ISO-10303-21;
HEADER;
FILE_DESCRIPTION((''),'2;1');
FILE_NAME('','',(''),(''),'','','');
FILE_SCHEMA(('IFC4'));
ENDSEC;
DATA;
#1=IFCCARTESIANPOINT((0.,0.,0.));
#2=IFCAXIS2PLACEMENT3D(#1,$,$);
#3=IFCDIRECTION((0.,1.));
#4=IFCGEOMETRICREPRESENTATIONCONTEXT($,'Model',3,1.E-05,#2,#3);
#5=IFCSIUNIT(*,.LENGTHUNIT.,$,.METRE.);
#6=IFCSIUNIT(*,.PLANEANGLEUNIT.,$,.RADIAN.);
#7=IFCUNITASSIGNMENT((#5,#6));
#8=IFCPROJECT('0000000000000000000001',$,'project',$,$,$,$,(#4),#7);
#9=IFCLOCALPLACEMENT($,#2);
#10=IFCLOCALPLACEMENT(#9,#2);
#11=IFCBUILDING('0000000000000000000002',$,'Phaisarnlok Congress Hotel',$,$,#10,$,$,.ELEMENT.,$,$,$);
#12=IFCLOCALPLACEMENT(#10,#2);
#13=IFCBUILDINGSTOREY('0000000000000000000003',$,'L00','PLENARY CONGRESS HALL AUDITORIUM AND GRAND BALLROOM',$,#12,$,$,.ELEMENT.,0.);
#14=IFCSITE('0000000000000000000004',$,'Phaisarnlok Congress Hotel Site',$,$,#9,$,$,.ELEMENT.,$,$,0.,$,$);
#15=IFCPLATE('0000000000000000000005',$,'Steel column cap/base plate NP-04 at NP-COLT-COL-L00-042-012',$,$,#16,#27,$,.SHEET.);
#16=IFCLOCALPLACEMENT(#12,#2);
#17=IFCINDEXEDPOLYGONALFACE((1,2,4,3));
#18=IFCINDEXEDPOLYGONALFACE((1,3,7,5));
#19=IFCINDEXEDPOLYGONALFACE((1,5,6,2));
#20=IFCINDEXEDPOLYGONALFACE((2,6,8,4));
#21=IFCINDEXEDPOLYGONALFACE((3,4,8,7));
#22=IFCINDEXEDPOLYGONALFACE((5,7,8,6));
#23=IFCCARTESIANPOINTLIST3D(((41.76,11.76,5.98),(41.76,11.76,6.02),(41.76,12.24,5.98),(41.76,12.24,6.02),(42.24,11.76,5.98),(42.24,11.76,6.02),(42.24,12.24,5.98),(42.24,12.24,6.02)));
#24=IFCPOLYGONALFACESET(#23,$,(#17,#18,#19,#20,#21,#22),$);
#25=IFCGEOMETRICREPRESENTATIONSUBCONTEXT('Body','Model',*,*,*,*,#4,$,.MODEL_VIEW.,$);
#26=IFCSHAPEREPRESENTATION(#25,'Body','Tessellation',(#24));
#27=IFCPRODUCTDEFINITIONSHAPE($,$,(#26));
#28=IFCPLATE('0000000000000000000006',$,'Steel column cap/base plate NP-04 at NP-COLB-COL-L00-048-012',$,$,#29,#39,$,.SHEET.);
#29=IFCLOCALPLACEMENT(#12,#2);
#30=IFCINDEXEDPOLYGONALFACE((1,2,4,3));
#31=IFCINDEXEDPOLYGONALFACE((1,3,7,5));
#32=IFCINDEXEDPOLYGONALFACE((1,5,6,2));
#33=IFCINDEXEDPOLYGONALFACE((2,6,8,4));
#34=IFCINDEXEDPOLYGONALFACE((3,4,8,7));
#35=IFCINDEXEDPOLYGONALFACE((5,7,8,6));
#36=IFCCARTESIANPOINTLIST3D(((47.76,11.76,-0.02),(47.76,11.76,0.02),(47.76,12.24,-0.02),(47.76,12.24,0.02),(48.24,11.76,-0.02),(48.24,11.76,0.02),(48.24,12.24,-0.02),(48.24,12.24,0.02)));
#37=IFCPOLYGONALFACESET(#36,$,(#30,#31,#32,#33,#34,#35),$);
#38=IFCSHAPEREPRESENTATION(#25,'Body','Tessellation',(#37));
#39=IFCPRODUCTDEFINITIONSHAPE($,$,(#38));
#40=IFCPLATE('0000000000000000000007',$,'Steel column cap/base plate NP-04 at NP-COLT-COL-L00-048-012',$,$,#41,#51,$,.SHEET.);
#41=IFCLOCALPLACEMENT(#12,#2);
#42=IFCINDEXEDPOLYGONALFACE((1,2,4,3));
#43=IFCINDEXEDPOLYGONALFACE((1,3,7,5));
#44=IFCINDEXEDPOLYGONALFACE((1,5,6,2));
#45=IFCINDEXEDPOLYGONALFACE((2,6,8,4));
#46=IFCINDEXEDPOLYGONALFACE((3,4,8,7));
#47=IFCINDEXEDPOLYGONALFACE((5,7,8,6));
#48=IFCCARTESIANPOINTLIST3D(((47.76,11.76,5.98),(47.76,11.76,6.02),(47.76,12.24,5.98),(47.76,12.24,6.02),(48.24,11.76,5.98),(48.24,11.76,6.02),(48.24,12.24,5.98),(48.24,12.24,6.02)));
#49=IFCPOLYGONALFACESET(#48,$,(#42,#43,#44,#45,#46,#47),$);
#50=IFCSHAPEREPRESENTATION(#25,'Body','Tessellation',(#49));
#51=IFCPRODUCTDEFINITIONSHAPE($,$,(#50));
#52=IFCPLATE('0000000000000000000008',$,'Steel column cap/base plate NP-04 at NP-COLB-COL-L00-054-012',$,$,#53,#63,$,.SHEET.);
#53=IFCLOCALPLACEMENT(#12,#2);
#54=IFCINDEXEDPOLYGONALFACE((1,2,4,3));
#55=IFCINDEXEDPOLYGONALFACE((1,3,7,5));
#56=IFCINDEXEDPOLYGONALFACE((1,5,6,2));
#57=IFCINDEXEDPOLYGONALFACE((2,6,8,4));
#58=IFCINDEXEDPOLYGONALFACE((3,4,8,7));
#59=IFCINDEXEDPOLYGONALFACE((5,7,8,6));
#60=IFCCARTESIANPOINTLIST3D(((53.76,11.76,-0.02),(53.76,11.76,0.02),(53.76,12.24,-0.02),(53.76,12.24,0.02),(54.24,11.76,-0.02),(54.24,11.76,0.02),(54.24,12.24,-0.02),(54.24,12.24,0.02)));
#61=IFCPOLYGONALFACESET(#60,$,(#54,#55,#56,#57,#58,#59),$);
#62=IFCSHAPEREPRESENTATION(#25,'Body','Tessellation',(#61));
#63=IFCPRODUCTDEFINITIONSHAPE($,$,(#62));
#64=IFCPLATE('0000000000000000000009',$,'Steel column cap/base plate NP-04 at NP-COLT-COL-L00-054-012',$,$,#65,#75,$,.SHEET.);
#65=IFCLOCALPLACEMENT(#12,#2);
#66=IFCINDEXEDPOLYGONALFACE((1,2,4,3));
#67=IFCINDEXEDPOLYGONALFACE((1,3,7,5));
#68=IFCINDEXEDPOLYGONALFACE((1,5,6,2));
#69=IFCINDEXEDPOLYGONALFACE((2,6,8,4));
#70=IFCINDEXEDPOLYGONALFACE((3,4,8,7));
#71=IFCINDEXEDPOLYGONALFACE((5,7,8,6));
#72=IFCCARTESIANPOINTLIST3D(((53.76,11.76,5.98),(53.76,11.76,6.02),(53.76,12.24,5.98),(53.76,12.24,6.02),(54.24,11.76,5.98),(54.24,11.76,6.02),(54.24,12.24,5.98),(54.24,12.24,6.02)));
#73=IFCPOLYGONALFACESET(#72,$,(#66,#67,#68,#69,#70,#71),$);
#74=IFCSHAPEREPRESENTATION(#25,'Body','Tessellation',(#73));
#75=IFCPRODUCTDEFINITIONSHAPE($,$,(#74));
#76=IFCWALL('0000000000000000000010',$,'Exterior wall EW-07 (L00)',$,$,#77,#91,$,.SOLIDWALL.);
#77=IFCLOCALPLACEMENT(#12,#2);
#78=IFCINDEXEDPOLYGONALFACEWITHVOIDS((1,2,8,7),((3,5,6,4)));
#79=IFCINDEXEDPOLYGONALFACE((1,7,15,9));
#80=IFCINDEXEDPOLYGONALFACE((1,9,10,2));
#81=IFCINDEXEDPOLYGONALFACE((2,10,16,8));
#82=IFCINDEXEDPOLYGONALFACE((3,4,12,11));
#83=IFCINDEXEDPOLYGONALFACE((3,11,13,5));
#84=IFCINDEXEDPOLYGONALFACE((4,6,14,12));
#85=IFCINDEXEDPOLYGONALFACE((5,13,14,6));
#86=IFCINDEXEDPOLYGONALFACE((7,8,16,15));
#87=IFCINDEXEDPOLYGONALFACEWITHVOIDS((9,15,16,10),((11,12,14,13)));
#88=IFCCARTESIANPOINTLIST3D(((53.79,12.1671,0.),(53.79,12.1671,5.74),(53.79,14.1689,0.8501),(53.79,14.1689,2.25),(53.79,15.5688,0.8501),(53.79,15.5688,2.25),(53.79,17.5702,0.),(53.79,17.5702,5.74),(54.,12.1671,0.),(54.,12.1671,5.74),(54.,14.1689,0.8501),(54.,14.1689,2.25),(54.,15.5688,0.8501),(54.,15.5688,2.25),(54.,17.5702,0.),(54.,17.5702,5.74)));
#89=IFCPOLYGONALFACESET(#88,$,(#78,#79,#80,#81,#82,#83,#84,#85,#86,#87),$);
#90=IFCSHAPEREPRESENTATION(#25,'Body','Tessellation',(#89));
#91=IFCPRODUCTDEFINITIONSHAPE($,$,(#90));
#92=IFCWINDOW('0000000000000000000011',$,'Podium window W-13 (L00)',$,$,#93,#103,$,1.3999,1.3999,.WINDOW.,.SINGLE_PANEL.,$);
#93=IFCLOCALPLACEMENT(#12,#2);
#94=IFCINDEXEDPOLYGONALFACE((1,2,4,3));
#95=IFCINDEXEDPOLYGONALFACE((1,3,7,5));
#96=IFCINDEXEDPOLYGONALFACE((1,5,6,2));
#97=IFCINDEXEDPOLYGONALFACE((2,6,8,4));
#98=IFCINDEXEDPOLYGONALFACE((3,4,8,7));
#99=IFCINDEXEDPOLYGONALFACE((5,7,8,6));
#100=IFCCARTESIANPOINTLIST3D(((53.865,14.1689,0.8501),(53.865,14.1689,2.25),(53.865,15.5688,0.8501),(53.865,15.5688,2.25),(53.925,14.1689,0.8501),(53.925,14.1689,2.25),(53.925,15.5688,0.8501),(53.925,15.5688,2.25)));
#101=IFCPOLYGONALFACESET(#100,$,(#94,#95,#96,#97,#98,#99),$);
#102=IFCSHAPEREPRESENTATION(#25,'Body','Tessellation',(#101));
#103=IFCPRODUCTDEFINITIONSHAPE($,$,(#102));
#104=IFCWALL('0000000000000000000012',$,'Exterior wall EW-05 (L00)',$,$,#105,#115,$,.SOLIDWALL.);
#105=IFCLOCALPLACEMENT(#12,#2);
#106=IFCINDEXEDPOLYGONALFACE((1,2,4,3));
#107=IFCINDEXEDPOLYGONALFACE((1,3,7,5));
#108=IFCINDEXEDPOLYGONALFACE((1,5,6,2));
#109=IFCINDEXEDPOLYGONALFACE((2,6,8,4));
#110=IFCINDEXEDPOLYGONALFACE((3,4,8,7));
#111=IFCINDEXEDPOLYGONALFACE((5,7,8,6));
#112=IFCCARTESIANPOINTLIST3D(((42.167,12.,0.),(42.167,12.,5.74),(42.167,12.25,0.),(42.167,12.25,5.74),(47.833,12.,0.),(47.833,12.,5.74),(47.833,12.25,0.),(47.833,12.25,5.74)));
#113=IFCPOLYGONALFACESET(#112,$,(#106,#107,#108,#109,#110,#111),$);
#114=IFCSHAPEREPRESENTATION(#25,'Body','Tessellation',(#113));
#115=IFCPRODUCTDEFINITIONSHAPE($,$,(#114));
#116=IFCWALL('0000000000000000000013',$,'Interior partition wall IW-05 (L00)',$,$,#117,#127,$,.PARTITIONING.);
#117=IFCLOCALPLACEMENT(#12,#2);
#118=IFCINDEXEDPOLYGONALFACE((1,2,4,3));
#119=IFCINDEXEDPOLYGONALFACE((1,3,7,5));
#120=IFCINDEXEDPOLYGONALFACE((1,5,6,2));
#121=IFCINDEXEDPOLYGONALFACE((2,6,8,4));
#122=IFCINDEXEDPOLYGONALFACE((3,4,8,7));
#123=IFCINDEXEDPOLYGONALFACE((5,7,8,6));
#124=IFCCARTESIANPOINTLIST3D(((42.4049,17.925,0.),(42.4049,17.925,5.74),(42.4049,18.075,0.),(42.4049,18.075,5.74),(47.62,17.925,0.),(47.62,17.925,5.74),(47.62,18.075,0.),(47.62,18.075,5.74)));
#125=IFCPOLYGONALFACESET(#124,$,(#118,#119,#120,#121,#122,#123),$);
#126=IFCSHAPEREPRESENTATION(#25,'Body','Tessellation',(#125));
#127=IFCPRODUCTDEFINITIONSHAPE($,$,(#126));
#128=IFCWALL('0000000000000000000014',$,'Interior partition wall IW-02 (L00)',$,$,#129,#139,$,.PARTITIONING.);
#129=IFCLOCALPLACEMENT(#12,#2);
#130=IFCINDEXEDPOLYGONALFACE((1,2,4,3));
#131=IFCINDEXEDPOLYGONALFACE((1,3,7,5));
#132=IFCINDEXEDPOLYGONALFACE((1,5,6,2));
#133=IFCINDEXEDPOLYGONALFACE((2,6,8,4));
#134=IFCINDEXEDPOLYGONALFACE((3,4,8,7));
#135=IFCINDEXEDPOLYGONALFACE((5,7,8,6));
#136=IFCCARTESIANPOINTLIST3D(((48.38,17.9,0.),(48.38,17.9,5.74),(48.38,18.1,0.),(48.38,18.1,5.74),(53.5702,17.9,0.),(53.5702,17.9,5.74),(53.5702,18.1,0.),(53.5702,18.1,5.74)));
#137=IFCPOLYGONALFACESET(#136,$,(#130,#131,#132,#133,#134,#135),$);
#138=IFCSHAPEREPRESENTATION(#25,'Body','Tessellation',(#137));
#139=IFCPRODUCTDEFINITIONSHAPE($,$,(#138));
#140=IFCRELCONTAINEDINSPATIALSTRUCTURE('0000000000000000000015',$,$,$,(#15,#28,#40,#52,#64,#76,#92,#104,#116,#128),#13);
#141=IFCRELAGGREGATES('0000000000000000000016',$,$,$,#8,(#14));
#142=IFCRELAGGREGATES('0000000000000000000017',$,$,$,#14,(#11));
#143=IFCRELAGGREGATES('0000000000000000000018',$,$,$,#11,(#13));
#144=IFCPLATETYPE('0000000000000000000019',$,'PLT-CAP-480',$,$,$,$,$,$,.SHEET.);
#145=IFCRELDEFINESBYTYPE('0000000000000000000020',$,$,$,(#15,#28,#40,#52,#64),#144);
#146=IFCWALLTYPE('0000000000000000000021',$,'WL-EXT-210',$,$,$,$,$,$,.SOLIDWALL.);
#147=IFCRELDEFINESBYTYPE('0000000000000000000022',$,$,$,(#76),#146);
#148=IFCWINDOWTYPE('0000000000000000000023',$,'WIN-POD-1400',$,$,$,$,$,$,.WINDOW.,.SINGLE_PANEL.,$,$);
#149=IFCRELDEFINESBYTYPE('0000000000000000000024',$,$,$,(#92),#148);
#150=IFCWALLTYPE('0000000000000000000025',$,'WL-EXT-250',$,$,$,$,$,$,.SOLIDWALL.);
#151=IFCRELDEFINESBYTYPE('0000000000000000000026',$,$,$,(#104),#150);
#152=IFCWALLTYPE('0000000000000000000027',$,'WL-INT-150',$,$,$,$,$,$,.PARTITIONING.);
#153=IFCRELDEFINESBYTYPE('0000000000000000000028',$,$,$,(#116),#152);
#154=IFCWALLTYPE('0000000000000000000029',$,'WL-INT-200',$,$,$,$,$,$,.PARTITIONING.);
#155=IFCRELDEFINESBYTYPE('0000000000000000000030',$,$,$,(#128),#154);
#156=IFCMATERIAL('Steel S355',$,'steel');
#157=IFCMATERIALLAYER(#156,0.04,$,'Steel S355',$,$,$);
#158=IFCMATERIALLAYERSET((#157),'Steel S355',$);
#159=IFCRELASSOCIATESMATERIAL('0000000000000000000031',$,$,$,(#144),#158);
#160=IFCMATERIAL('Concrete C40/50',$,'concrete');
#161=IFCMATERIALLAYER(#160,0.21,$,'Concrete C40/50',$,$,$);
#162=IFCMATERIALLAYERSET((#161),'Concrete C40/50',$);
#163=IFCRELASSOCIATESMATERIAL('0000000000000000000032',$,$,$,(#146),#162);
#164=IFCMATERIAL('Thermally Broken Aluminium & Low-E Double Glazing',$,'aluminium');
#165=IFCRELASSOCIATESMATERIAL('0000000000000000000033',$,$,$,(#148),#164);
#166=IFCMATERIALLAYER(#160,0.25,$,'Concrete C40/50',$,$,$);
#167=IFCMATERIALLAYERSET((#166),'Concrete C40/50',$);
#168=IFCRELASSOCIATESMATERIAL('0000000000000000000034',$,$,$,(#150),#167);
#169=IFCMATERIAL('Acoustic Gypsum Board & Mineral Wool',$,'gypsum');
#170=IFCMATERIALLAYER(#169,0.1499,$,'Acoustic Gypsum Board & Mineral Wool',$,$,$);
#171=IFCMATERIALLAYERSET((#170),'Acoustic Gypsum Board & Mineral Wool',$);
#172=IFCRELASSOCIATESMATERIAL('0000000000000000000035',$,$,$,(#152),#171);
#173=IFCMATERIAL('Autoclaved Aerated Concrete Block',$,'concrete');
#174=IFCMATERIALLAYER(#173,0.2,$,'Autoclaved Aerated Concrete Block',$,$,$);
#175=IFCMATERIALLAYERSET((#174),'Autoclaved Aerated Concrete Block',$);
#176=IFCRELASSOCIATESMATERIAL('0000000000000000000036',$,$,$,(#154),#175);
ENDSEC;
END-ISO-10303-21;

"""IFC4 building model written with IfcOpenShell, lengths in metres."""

from ifc_helpers import new_model, si_unit, direction, frame, frame_2d, origin, origin_2d, place, context, subcontext, project, spatial, rectangle, extrude, material, layer, layer_set, type_object, element, fill, save


model = new_model("IFC4")

# Units and contexts
model_context = context("Model", 3, precision=1e-05, world=origin(), true_north=direction((0.0, 1.0)))
body_context = subcontext(model_context, "Body", "Model", "MODEL_VIEW")
ifc_project = project(units=[si_unit("LENGTHUNIT", "METRE"), si_unit("PLANEANGLEUNIT", "RADIAN")], contexts=[model_context])

# Site, building, storey
site_placement = place(None, origin())
site = spatial("IfcSite", under=ifc_project, at=site_placement, Name="Phaisarnlok Congress Hotel Site", CompositionType="ELEMENT", RefElevation=0.0)
building_placement = place(site_placement, origin())
building = spatial("IfcBuilding", under=site, at=building_placement, Name="Phaisarnlok Congress Hotel", CompositionType="ELEMENT")
storey_placement = place(building_placement, origin())
storey = spatial("IfcBuildingStorey", under=building, at=storey_placement, Name="L00", Description="PLENARY CONGRESS HALL AUDITORIUM AND GRAND BALLROOM", CompositionType="ELEMENT", Elevation=0.0)

# Shared definitions
ifc_material_1 = material(Name="Steel S355", Category="steel")

# Plates
ifc_layer_1 = layer(ifc_material_1, 0.04, Name="Steel S355")
ifc_layer_set_1 = layer_set([ifc_layer_1], Name="Steel S355")
plate_type_1 = type_object("IfcPlateType", Name="PLT-CAP-480", PredefinedType="SHEET", material=ifc_layer_set_1)
for number, where, z_axis, x_axis, name in (
    (1, (42.0, 12.0, 5.98), (0.0, 0.0, 1.0), (1.0, 0.0, 0.0), "Steel column cap/base plate NP-04 at NP-COLT-COL-L00-042-012"),
    (2, (48.0, 12.0, -0.02), (0.0, 0.0, 1.0), (1.0, 0.0, 0.0), "Steel column cap/base plate NP-04 at NP-COLB-COL-L00-048-012"),
    (3, (48.0, 12.0, 5.98), (0.0, 0.0, 1.0), (1.0, 0.0, 0.0), "Steel column cap/base plate NP-04 at NP-COLT-COL-L00-048-012"),
    (4, (54.0, 12.0, -0.02), (0.0, 0.0, 1.0), (1.0, 0.0, 0.0), "Steel column cap/base plate NP-04 at NP-COLB-COL-L00-054-012"),
    (5, (54.0, 12.0, 5.98), (0.0, 0.0, 1.0), (1.0, 0.0, 0.0), "Steel column cap/base plate NP-04 at NP-COLT-COL-L00-054-012"),
):
    element("IfcPlate", number, at=place(storey_placement, frame(where, z_axis=z_axis, x_axis=x_axis)), inside=storey, type_object=plate_type_1, Name=name, PredefinedType="SHEET", context=body_context, shape_type="SweptSolid", body=[
        extrude(rectangle(XDim=0.48, YDim=0.48, at=origin_2d()), origin(), (0.0, 0.0, 1.0), 0.04),
    ])

# Wall, opening, window
ifc_material_2 = material(Name="Concrete C40/50", Category="concrete")
ifc_layer_2 = layer(ifc_material_2, 0.21, Name="Concrete C40/50")
ifc_layer_set_2 = layer_set([ifc_layer_2], Name="Concrete C40/50")
wall_type_1 = type_object("IfcWallType", Name="WL-EXT-210", PredefinedType="SOLIDWALL", material=ifc_layer_set_2)
wall_1_placement = place(storey_placement, frame((53.895, 12.167, 0.0), z_axis=(0.0, 0.0, 1.0), x_axis=(0.0, 1.0, 0.0)))
wall_1 = element("IfcWall", 6, at=wall_1_placement, inside=storey, type_object=wall_type_1, Name="Exterior wall EW-07 (L00)", PredefinedType="SOLIDWALL", context=body_context, shape_type="SweptSolid", body=[
    extrude(rectangle(XDim=5.4031, YDim=0.21, at=frame_2d((2.7017, 0.0))), origin(), (0.0, 0.0, 1.0), 5.74),
])
opening_placement = place(wall_1_placement, frame((2.002, 0.0, 0.8501)))
opening = element("IfcOpeningElement", 7, at=opening_placement, cuts=wall_1, PredefinedType="OPENING", context=body_context, shape_type="SweptSolid", body=[
    extrude(rectangle(XDim=1.3999, YDim=1.3999, at=frame_2d((0.7, 0.7))), frame((0.0, 0.115, 0.0), z_axis=(0.0, -1.0, 0.0), x_axis=(1.0, 0.0, 0.0)), (0.0, 0.0, 1.0), 0.23),
])
ifc_material_3 = material(Name="Thermally Broken Aluminium & Low-E Double Glazing", Category="aluminium")
window_type = type_object("IfcWindowType", Name="WIN-POD-1400", PartitioningType="SINGLE_PANEL", PredefinedType="WINDOW", material=ifc_material_3)
window_placement = place(opening_placement, origin())
window = element("IfcWindow", 8, at=window_placement, inside=storey, type_object=window_type, Name="Podium window W-13 (L00)", OverallHeight=1.3999, OverallWidth=1.3999, PartitioningType="SINGLE_PANEL", PredefinedType="WINDOW", context=body_context, shape_type="SweptSolid", body=[
    extrude(rectangle(XDim=1.3999, YDim=1.3999, at=frame_2d((0.7, 0.7))), frame((0.0, 0.03, 0.0), z_axis=(0.0, -1.0, 0.0), x_axis=(1.0, 0.0, 0.0)), (0.0, 0.0, 1.0), 0.0601),
])
fill(opening, window)

# Walls
ifc_layer_3 = layer(ifc_material_2, 0.25, Name="Concrete C40/50")
ifc_layer_set_3 = layer_set([ifc_layer_3], Name="Concrete C40/50")
wall_type_2 = type_object("IfcWallType", Name="WL-EXT-250", PredefinedType="SOLIDWALL", material=ifc_layer_set_3)
wall_2_placement = place(storey_placement, frame((42.167, 12.125, 0.0), z_axis=(0.0, 0.0, 1.0), x_axis=(1.0, 0.0, 0.0)))
element("IfcWall", 9, at=wall_2_placement, inside=storey, type_object=wall_type_2, Name="Exterior wall EW-05 (L00)", PredefinedType="SOLIDWALL", context=body_context, shape_type="SweptSolid", body=[
    extrude(rectangle(XDim=5.666, YDim=0.25, at=frame_2d((2.833, 0.0))), origin(), (0.0, 0.0, 1.0), 5.74),
])
ifc_material_4 = material(Name="Acoustic Gypsum Board & Mineral Wool", Category="gypsum")
ifc_layer_4 = layer(ifc_material_4, 0.1499, Name="Acoustic Gypsum Board & Mineral Wool")
ifc_layer_set_4 = layer_set([ifc_layer_4], Name="Acoustic Gypsum Board & Mineral Wool")
wall_type_3 = type_object("IfcWallType", Name="WL-INT-150", PredefinedType="PARTITIONING", material=ifc_layer_set_4)
wall_3_placement = place(storey_placement, frame((42.405, 18.0, 0.0), z_axis=(0.0, 0.0, 1.0), x_axis=(1.0, 0.0, 0.0)))
element("IfcWall", 10, at=wall_3_placement, inside=storey, type_object=wall_type_3, Name="Interior partition wall IW-05 (L00)", PredefinedType="PARTITIONING", context=body_context, shape_type="SweptSolid", body=[
    extrude(rectangle(XDim=5.2151, YDim=0.1499, at=frame_2d((2.6074, 0.0))), origin(), (0.0, 0.0, 1.0), 5.74),
])
ifc_material_5 = material(Name="Autoclaved Aerated Concrete Block", Category="concrete")
ifc_layer_5 = layer(ifc_material_5, 0.2, Name="Autoclaved Aerated Concrete Block")
ifc_layer_set_5 = layer_set([ifc_layer_5], Name="Autoclaved Aerated Concrete Block")
wall_type_4 = type_object("IfcWallType", Name="WL-INT-200", PredefinedType="PARTITIONING", material=ifc_layer_set_5)
wall_4_placement = place(storey_placement, frame((48.3799, 18.0, 0.0), z_axis=(0.0, 0.0, 1.0), x_axis=(1.0, 0.0, 0.0)))
element("IfcWall", 11, at=wall_4_placement, inside=storey, type_object=wall_type_4, Name="Interior partition wall IW-02 (L00)", PredefinedType="PARTITIONING", context=body_context, shape_type="SweptSolid", body=[
    extrude(rectangle(XDim=5.1902, YDim=0.2, at=frame_2d((2.5952, 0.0))), origin(), (0.0, 0.0, 1.0), 5.74),
])

save(model, "model.ifc")
